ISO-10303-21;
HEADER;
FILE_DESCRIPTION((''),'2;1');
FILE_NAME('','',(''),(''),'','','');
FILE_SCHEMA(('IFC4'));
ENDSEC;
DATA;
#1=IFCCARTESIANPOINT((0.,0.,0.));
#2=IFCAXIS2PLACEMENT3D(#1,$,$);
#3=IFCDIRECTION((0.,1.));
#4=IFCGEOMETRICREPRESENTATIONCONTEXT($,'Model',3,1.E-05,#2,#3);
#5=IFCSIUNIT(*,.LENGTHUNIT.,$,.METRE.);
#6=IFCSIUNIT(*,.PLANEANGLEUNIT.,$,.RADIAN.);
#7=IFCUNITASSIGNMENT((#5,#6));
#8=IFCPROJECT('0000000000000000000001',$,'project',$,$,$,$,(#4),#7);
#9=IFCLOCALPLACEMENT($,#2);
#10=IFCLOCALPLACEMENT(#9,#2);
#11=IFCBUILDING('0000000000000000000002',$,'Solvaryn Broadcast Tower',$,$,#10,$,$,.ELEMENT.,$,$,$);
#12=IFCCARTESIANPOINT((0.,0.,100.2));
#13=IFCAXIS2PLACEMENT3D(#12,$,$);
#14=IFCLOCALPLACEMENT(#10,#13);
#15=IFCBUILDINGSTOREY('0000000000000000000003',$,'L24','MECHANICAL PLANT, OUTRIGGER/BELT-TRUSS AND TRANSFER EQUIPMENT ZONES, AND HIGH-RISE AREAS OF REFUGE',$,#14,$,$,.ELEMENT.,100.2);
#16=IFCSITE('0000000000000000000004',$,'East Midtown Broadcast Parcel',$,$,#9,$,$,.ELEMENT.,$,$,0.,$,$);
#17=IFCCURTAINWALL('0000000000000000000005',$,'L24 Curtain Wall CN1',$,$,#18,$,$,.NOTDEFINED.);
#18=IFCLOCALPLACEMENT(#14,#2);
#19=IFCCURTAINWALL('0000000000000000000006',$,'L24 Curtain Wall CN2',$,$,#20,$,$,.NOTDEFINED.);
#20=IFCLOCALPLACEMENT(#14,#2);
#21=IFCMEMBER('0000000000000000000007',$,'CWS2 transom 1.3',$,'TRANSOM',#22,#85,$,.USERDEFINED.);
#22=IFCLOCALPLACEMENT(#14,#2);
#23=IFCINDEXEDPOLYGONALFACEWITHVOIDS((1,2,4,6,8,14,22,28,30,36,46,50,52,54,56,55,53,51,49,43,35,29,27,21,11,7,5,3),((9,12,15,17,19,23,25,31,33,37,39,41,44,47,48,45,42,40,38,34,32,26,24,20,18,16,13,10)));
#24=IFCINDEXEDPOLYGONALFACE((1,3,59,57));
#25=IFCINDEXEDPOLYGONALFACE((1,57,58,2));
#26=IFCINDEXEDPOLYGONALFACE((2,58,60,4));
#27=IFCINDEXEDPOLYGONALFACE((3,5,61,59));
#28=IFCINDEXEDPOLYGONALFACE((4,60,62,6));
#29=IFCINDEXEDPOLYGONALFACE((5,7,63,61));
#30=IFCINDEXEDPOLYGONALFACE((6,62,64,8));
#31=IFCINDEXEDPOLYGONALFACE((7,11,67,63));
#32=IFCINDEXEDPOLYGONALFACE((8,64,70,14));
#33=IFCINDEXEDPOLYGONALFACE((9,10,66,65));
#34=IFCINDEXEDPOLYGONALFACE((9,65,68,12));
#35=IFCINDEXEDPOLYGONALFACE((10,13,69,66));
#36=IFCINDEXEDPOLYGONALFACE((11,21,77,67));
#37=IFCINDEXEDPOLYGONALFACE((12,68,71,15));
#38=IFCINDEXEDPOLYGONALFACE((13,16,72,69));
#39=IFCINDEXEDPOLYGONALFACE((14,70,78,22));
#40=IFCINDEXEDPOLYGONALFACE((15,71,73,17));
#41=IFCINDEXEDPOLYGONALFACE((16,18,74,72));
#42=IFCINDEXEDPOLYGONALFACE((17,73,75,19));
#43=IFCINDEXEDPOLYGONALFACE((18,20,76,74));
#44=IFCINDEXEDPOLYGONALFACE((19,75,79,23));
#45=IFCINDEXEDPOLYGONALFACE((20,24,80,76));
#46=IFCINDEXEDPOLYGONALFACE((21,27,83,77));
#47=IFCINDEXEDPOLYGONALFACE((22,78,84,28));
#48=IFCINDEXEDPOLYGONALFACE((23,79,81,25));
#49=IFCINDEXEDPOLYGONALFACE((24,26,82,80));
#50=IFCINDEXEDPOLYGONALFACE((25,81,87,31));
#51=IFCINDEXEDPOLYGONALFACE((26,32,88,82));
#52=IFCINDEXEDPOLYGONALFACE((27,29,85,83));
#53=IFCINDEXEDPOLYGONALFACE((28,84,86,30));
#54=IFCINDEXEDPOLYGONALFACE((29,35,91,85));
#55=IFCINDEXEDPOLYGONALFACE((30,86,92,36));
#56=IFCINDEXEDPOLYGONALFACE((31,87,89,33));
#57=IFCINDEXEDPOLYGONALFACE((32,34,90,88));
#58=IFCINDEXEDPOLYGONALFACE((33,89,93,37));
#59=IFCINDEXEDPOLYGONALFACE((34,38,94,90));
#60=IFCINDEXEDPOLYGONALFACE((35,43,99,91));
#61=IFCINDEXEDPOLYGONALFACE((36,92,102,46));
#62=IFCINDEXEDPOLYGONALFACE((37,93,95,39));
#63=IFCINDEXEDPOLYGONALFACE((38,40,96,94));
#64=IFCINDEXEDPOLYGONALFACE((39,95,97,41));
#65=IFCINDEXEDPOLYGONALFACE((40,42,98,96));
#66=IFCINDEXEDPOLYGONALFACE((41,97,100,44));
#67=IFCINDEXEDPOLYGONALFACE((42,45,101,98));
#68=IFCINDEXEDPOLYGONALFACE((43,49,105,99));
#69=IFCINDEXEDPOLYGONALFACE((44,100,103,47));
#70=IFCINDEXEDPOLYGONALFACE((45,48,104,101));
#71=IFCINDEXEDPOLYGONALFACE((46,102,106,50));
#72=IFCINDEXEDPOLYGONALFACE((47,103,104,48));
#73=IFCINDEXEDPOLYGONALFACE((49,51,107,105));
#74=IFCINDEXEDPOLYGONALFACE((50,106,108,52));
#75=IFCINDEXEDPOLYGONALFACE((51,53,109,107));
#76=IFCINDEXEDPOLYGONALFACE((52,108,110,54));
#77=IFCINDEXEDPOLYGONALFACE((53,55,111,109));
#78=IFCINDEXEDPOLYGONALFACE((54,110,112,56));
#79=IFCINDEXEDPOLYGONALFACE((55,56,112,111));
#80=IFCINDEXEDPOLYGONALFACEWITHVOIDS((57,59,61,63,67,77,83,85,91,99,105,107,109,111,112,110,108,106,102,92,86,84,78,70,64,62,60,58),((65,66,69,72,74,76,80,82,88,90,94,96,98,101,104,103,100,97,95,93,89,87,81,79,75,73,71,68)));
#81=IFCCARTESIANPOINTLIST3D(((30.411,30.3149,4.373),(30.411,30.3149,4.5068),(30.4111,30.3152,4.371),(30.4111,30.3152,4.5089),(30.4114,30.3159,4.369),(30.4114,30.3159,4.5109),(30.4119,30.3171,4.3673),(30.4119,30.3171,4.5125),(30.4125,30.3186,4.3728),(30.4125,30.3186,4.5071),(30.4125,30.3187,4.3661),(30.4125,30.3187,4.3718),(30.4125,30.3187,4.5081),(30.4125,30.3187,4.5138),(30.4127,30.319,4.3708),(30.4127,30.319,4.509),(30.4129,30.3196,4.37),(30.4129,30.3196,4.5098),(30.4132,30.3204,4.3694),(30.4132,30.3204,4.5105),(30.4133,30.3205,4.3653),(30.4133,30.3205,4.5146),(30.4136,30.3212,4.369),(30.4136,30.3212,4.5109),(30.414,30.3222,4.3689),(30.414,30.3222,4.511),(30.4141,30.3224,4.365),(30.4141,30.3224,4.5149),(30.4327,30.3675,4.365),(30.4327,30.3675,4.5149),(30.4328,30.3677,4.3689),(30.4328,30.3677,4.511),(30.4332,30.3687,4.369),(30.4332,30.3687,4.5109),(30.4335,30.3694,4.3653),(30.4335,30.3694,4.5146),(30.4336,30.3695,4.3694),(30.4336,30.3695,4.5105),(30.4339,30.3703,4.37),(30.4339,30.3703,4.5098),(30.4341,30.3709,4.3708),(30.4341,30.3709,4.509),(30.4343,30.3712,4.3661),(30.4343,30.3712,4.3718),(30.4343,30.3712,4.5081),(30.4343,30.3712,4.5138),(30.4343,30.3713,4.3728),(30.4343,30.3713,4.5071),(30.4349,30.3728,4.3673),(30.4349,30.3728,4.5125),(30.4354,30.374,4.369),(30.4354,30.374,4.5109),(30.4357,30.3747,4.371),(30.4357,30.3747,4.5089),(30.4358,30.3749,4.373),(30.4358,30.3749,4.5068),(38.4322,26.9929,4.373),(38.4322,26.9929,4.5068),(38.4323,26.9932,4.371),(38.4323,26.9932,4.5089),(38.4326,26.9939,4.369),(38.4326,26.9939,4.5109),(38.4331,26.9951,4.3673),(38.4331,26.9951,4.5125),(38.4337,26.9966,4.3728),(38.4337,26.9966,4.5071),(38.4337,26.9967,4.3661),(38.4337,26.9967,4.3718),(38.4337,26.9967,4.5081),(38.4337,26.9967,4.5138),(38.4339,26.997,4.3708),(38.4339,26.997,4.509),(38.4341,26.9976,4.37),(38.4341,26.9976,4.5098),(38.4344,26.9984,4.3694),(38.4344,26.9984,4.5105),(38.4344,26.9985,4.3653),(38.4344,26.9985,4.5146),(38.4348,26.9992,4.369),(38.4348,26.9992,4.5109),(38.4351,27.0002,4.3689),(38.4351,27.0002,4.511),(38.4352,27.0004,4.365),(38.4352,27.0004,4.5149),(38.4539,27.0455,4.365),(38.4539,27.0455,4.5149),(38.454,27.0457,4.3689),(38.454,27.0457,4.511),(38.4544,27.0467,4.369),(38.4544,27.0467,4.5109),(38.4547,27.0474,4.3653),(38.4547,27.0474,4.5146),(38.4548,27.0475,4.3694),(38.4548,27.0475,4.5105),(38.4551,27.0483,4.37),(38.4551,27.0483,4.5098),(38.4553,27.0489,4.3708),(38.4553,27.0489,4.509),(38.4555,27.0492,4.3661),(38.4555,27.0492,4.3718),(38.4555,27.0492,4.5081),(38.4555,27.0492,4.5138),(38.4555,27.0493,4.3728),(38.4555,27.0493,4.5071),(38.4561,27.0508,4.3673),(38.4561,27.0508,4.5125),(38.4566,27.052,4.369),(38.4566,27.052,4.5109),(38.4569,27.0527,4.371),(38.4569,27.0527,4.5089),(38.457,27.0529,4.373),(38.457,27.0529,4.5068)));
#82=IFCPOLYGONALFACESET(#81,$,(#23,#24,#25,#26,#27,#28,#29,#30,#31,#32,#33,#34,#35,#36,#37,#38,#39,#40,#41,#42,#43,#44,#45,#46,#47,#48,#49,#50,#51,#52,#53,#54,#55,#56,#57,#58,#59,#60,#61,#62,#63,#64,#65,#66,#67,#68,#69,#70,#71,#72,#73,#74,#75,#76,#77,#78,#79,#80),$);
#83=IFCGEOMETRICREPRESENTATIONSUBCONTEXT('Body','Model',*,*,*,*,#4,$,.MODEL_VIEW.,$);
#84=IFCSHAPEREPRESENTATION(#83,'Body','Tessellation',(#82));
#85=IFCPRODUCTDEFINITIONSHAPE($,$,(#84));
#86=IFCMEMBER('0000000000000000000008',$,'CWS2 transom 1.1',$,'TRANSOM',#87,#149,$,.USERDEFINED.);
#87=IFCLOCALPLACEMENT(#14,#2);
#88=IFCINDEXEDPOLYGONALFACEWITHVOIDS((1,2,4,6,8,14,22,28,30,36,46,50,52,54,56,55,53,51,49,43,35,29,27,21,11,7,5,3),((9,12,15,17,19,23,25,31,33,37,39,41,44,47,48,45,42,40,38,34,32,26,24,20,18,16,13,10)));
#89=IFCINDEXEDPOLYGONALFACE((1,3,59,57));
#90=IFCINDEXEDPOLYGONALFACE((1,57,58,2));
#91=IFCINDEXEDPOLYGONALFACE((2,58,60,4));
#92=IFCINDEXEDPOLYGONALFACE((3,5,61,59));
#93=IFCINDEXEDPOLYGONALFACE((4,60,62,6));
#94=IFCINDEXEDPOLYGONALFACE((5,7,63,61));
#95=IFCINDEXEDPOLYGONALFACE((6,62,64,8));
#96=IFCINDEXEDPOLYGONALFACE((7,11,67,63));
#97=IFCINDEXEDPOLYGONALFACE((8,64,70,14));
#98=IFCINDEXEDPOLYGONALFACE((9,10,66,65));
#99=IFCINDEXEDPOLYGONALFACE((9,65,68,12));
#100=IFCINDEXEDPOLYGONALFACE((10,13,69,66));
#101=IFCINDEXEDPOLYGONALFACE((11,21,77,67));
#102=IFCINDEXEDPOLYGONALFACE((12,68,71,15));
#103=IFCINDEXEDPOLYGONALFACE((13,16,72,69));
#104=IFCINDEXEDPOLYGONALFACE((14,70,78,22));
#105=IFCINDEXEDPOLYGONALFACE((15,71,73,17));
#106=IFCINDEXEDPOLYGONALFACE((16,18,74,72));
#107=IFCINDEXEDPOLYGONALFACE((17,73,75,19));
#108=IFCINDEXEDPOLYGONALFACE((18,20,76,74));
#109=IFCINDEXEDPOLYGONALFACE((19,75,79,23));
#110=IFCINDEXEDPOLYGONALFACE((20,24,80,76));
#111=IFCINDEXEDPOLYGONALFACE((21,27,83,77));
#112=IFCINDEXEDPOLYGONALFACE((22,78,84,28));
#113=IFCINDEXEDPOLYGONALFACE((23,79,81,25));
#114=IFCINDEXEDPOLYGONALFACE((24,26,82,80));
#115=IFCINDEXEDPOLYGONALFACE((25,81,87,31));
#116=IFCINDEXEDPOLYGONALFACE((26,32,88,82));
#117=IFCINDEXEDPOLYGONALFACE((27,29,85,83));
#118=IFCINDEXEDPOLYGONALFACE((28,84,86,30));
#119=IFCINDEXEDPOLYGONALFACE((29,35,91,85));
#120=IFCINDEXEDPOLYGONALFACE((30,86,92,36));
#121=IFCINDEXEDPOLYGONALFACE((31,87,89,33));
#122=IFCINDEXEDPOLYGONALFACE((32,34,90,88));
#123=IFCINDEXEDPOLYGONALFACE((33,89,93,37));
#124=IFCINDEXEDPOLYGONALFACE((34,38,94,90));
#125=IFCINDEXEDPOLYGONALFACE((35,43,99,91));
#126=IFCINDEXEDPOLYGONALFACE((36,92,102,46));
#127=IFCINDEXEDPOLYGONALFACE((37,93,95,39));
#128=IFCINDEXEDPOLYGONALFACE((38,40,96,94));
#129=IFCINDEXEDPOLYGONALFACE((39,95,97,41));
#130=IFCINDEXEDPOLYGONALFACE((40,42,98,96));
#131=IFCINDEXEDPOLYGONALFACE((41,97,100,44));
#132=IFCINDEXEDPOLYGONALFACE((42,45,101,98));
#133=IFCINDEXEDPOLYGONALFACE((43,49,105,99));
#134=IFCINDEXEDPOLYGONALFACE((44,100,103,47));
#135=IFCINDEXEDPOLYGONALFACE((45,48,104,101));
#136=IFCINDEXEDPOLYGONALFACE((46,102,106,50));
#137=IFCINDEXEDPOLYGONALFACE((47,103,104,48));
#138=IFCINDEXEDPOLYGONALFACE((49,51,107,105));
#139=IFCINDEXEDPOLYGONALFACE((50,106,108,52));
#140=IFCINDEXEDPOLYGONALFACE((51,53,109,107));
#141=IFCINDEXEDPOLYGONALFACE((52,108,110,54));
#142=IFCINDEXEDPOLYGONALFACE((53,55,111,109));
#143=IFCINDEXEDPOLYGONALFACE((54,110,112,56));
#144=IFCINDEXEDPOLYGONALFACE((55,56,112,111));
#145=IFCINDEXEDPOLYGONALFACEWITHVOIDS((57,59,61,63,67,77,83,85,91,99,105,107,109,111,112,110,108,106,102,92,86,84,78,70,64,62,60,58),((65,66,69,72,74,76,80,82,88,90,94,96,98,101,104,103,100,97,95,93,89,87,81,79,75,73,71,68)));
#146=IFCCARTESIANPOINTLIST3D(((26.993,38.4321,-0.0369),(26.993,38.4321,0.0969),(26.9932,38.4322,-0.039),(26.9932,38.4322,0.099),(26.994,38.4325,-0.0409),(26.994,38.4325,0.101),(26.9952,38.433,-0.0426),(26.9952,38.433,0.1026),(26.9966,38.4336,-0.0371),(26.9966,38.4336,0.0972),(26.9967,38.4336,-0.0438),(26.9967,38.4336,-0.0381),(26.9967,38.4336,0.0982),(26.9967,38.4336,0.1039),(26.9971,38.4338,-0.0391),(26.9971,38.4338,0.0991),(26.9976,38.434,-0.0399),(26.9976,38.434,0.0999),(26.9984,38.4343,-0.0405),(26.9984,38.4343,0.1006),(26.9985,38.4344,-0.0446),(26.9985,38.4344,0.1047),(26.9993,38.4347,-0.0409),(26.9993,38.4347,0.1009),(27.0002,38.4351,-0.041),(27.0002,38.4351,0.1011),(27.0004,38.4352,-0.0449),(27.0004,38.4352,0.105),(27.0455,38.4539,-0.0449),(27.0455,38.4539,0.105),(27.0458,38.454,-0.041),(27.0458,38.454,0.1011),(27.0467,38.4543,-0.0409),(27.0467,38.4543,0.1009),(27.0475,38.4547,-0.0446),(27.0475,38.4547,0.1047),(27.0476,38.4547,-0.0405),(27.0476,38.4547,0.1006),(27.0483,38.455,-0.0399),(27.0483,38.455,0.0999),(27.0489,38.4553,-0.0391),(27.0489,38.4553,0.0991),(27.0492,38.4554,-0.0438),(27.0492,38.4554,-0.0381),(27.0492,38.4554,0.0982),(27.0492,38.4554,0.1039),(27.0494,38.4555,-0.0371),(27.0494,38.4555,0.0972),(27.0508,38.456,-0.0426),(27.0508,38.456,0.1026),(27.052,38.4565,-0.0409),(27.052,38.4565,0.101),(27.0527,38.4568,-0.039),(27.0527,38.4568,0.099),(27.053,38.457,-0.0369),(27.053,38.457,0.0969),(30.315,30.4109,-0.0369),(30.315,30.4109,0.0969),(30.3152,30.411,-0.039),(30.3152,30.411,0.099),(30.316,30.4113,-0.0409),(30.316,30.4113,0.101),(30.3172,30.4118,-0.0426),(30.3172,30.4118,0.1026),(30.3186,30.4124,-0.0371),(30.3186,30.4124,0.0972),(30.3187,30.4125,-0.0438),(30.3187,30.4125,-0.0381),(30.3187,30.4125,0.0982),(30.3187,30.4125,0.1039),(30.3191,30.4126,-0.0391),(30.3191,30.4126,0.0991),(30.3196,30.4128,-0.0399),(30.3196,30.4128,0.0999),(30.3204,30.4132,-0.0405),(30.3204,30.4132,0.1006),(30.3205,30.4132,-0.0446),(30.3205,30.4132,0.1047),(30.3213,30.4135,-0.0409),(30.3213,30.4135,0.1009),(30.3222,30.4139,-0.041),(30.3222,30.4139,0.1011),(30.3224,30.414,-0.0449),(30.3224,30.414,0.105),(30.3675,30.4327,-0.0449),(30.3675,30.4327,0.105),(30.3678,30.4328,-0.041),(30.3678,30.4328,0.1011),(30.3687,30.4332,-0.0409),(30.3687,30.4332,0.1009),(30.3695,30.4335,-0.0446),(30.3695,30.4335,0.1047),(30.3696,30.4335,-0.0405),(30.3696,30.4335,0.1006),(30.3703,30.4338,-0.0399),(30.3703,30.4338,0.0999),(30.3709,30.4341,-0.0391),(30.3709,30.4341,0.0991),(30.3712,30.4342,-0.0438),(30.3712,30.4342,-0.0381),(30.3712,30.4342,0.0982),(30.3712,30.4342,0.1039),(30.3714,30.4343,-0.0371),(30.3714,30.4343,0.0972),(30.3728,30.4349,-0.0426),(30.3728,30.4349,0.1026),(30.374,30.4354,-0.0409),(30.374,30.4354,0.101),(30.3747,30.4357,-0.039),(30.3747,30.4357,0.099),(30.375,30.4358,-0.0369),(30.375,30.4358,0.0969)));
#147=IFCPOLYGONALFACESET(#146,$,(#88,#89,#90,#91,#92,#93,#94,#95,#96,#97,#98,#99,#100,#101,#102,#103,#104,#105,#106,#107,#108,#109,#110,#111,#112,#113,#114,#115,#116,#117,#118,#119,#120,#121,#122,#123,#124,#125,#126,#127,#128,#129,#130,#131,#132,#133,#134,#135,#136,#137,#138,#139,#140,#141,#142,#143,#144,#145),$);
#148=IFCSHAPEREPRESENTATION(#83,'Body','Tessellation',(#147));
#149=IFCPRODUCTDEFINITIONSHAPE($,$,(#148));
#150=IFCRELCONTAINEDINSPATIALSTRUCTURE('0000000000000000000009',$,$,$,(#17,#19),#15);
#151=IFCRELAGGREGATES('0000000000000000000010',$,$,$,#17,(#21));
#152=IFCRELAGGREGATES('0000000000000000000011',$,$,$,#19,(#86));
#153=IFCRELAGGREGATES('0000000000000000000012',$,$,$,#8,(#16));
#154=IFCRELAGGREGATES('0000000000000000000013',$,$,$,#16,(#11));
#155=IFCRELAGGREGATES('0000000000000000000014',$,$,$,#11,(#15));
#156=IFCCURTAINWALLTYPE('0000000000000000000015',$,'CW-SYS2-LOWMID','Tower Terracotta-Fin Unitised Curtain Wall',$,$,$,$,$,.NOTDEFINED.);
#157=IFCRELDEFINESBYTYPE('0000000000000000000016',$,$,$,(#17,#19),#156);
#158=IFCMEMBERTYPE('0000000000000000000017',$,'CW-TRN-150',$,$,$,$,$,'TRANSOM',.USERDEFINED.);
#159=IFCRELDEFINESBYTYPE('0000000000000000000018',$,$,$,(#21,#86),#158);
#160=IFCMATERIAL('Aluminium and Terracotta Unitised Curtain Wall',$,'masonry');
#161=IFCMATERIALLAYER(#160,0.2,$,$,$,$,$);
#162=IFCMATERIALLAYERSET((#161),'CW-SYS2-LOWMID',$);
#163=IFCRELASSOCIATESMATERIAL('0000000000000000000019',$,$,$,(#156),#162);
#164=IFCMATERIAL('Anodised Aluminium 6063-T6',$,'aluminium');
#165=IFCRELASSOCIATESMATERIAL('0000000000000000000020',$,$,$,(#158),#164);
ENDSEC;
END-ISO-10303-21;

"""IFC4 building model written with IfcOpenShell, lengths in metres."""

from ifc_helpers import new_model, si_unit, direction, frame, origin, origin_2d, place, context, subcontext, project, spatial, hollow_rectangle, extrude, material, layer, layer_set, material_profile, profile_set, type_object, element, aggregate, save


model = new_model("IFC4")

# Units and contexts
model_context = context("Model", 3, precision=1e-05, world=origin(), true_north=direction((0.0, 1.0)))
body_context = subcontext(model_context, "Body", "Model", "MODEL_VIEW")
ifc_project = project(units=[si_unit("LENGTHUNIT", "METRE"), si_unit("PLANEANGLEUNIT", "RADIAN")], contexts=[model_context])

# Site, building, storey
site_placement = place(None, origin())
site = spatial("IfcSite", under=ifc_project, at=site_placement, Name="East Midtown Broadcast Parcel", CompositionType="ELEMENT", RefElevation=0.0)
building_placement = place(site_placement, origin())
building = spatial("IfcBuilding", under=site, at=building_placement, Name="Solvaryn Broadcast Tower", CompositionType="ELEMENT")
storey_placement = place(building_placement, frame((0.0, 0.0, 100.2)))
storey = spatial("IfcBuildingStorey", under=building, at=storey_placement, Name="L24", Description="MECHANICAL PLANT, OUTRIGGER/BELT-TRUSS AND TRANSFER EQUIPMENT ZONES, AND HIGH-RISE AREAS OF REFUGE", CompositionType="ELEMENT", Elevation=100.2)

# Shared definitions
ifc_material_1 = material(Name="Aluminium and Terracotta Unitised Curtain Wall", Category="masonry")
ifc_layer_1 = layer(ifc_material_1, 0.2)
ifc_layer_set_1 = layer_set([ifc_layer_1], Name="CW-SYS2-LOWMID")
curtain_wall_type = type_object("IfcCurtainWallType", Name="CW-SYS2-LOWMID", Description="Tower Terracotta-Fin Unitised Curtain Wall", PredefinedType="NOTDEFINED", material=ifc_layer_set_1)

# Curtain wall
curtain_wall_1_placement = place(storey_placement, origin())
curtain_wall_1 = element("IfcCurtainWall", 1, at=curtain_wall_1_placement, inside=storey, type_object=curtain_wall_type, Name="L24 Curtain Wall CN1", PredefinedType="NOTDEFINED")

# Curtain wall
curtain_wall_2_placement = place(storey_placement, origin())
curtain_wall_2 = element("IfcCurtainWall", 2, at=curtain_wall_2_placement, inside=storey, type_object=curtain_wall_type, Name="L24 Curtain Wall CN2", PredefinedType="NOTDEFINED")

# Members
ifc_material_2 = material(Name="Anodised Aluminium 6063-T6", Category="aluminium")
ifc_material_profile_1 = material_profile(ifc_material_2, hollow_rectangle(XDim=0.0649, YDim=0.1499, WallThickness=0.0039, InnerFilletRadius=0.0039, OuterFilletRadius=0.0081, at=origin_2d()))
ifc_profile_set_1 = profile_set([ifc_material_profile_1], Name="Anodised Aluminium 6063-T6")
member_type_1 = type_object("IfcMemberType", Name="CW-TRN-150", ElementType="TRANSOM", PredefinedType="USERDEFINED", material=ifc_profile_set_1)
member_1_placement = place(storey_placement, frame((38.4446, 27.0229, 4.4399), z_axis=(-0.923899, 0.382636, 0.0), x_axis=(-0.382636, -0.923899, 0.0)))
member_1 = element("IfcMember", 3, at=member_1_placement, type_object=member_type_1, Name="CWS2 transom 1.3", ObjectType="TRANSOM", PredefinedType="USERDEFINED", context=body_context, shape_type="SweptSolid", body=[
    extrude(hollow_rectangle(XDim=0.0649, YDim=0.1499, WallThickness=0.0039, InnerFilletRadius=0.0039, OuterFilletRadius=0.0081, at=origin_2d()), origin(), (0.0, 0.0, 1.0), 8.6819),
])
member_2_placement = place(storey_placement, frame((30.345, 30.4233, 0.03), z_axis=(-0.382636, 0.923899, 0.0), x_axis=(-0.923899, -0.382636, 0.0)))
member_2 = element("IfcMember", 4, at=member_2_placement, type_object=member_type_1, Name="CWS2 transom 1.1", ObjectType="TRANSOM", PredefinedType="USERDEFINED", context=body_context, shape_type="SweptSolid", body=[
    extrude(hollow_rectangle(XDim=0.0649, YDim=0.1499, WallThickness=0.0039, InnerFilletRadius=0.0039, OuterFilletRadius=0.0081, at=origin_2d()), origin(), (0.0, 0.0, 1.0), 8.6819),
])

aggregate(curtain_wall_1, [member_1])
aggregate(curtain_wall_2, [member_2])

save(model, "model.ifc")
